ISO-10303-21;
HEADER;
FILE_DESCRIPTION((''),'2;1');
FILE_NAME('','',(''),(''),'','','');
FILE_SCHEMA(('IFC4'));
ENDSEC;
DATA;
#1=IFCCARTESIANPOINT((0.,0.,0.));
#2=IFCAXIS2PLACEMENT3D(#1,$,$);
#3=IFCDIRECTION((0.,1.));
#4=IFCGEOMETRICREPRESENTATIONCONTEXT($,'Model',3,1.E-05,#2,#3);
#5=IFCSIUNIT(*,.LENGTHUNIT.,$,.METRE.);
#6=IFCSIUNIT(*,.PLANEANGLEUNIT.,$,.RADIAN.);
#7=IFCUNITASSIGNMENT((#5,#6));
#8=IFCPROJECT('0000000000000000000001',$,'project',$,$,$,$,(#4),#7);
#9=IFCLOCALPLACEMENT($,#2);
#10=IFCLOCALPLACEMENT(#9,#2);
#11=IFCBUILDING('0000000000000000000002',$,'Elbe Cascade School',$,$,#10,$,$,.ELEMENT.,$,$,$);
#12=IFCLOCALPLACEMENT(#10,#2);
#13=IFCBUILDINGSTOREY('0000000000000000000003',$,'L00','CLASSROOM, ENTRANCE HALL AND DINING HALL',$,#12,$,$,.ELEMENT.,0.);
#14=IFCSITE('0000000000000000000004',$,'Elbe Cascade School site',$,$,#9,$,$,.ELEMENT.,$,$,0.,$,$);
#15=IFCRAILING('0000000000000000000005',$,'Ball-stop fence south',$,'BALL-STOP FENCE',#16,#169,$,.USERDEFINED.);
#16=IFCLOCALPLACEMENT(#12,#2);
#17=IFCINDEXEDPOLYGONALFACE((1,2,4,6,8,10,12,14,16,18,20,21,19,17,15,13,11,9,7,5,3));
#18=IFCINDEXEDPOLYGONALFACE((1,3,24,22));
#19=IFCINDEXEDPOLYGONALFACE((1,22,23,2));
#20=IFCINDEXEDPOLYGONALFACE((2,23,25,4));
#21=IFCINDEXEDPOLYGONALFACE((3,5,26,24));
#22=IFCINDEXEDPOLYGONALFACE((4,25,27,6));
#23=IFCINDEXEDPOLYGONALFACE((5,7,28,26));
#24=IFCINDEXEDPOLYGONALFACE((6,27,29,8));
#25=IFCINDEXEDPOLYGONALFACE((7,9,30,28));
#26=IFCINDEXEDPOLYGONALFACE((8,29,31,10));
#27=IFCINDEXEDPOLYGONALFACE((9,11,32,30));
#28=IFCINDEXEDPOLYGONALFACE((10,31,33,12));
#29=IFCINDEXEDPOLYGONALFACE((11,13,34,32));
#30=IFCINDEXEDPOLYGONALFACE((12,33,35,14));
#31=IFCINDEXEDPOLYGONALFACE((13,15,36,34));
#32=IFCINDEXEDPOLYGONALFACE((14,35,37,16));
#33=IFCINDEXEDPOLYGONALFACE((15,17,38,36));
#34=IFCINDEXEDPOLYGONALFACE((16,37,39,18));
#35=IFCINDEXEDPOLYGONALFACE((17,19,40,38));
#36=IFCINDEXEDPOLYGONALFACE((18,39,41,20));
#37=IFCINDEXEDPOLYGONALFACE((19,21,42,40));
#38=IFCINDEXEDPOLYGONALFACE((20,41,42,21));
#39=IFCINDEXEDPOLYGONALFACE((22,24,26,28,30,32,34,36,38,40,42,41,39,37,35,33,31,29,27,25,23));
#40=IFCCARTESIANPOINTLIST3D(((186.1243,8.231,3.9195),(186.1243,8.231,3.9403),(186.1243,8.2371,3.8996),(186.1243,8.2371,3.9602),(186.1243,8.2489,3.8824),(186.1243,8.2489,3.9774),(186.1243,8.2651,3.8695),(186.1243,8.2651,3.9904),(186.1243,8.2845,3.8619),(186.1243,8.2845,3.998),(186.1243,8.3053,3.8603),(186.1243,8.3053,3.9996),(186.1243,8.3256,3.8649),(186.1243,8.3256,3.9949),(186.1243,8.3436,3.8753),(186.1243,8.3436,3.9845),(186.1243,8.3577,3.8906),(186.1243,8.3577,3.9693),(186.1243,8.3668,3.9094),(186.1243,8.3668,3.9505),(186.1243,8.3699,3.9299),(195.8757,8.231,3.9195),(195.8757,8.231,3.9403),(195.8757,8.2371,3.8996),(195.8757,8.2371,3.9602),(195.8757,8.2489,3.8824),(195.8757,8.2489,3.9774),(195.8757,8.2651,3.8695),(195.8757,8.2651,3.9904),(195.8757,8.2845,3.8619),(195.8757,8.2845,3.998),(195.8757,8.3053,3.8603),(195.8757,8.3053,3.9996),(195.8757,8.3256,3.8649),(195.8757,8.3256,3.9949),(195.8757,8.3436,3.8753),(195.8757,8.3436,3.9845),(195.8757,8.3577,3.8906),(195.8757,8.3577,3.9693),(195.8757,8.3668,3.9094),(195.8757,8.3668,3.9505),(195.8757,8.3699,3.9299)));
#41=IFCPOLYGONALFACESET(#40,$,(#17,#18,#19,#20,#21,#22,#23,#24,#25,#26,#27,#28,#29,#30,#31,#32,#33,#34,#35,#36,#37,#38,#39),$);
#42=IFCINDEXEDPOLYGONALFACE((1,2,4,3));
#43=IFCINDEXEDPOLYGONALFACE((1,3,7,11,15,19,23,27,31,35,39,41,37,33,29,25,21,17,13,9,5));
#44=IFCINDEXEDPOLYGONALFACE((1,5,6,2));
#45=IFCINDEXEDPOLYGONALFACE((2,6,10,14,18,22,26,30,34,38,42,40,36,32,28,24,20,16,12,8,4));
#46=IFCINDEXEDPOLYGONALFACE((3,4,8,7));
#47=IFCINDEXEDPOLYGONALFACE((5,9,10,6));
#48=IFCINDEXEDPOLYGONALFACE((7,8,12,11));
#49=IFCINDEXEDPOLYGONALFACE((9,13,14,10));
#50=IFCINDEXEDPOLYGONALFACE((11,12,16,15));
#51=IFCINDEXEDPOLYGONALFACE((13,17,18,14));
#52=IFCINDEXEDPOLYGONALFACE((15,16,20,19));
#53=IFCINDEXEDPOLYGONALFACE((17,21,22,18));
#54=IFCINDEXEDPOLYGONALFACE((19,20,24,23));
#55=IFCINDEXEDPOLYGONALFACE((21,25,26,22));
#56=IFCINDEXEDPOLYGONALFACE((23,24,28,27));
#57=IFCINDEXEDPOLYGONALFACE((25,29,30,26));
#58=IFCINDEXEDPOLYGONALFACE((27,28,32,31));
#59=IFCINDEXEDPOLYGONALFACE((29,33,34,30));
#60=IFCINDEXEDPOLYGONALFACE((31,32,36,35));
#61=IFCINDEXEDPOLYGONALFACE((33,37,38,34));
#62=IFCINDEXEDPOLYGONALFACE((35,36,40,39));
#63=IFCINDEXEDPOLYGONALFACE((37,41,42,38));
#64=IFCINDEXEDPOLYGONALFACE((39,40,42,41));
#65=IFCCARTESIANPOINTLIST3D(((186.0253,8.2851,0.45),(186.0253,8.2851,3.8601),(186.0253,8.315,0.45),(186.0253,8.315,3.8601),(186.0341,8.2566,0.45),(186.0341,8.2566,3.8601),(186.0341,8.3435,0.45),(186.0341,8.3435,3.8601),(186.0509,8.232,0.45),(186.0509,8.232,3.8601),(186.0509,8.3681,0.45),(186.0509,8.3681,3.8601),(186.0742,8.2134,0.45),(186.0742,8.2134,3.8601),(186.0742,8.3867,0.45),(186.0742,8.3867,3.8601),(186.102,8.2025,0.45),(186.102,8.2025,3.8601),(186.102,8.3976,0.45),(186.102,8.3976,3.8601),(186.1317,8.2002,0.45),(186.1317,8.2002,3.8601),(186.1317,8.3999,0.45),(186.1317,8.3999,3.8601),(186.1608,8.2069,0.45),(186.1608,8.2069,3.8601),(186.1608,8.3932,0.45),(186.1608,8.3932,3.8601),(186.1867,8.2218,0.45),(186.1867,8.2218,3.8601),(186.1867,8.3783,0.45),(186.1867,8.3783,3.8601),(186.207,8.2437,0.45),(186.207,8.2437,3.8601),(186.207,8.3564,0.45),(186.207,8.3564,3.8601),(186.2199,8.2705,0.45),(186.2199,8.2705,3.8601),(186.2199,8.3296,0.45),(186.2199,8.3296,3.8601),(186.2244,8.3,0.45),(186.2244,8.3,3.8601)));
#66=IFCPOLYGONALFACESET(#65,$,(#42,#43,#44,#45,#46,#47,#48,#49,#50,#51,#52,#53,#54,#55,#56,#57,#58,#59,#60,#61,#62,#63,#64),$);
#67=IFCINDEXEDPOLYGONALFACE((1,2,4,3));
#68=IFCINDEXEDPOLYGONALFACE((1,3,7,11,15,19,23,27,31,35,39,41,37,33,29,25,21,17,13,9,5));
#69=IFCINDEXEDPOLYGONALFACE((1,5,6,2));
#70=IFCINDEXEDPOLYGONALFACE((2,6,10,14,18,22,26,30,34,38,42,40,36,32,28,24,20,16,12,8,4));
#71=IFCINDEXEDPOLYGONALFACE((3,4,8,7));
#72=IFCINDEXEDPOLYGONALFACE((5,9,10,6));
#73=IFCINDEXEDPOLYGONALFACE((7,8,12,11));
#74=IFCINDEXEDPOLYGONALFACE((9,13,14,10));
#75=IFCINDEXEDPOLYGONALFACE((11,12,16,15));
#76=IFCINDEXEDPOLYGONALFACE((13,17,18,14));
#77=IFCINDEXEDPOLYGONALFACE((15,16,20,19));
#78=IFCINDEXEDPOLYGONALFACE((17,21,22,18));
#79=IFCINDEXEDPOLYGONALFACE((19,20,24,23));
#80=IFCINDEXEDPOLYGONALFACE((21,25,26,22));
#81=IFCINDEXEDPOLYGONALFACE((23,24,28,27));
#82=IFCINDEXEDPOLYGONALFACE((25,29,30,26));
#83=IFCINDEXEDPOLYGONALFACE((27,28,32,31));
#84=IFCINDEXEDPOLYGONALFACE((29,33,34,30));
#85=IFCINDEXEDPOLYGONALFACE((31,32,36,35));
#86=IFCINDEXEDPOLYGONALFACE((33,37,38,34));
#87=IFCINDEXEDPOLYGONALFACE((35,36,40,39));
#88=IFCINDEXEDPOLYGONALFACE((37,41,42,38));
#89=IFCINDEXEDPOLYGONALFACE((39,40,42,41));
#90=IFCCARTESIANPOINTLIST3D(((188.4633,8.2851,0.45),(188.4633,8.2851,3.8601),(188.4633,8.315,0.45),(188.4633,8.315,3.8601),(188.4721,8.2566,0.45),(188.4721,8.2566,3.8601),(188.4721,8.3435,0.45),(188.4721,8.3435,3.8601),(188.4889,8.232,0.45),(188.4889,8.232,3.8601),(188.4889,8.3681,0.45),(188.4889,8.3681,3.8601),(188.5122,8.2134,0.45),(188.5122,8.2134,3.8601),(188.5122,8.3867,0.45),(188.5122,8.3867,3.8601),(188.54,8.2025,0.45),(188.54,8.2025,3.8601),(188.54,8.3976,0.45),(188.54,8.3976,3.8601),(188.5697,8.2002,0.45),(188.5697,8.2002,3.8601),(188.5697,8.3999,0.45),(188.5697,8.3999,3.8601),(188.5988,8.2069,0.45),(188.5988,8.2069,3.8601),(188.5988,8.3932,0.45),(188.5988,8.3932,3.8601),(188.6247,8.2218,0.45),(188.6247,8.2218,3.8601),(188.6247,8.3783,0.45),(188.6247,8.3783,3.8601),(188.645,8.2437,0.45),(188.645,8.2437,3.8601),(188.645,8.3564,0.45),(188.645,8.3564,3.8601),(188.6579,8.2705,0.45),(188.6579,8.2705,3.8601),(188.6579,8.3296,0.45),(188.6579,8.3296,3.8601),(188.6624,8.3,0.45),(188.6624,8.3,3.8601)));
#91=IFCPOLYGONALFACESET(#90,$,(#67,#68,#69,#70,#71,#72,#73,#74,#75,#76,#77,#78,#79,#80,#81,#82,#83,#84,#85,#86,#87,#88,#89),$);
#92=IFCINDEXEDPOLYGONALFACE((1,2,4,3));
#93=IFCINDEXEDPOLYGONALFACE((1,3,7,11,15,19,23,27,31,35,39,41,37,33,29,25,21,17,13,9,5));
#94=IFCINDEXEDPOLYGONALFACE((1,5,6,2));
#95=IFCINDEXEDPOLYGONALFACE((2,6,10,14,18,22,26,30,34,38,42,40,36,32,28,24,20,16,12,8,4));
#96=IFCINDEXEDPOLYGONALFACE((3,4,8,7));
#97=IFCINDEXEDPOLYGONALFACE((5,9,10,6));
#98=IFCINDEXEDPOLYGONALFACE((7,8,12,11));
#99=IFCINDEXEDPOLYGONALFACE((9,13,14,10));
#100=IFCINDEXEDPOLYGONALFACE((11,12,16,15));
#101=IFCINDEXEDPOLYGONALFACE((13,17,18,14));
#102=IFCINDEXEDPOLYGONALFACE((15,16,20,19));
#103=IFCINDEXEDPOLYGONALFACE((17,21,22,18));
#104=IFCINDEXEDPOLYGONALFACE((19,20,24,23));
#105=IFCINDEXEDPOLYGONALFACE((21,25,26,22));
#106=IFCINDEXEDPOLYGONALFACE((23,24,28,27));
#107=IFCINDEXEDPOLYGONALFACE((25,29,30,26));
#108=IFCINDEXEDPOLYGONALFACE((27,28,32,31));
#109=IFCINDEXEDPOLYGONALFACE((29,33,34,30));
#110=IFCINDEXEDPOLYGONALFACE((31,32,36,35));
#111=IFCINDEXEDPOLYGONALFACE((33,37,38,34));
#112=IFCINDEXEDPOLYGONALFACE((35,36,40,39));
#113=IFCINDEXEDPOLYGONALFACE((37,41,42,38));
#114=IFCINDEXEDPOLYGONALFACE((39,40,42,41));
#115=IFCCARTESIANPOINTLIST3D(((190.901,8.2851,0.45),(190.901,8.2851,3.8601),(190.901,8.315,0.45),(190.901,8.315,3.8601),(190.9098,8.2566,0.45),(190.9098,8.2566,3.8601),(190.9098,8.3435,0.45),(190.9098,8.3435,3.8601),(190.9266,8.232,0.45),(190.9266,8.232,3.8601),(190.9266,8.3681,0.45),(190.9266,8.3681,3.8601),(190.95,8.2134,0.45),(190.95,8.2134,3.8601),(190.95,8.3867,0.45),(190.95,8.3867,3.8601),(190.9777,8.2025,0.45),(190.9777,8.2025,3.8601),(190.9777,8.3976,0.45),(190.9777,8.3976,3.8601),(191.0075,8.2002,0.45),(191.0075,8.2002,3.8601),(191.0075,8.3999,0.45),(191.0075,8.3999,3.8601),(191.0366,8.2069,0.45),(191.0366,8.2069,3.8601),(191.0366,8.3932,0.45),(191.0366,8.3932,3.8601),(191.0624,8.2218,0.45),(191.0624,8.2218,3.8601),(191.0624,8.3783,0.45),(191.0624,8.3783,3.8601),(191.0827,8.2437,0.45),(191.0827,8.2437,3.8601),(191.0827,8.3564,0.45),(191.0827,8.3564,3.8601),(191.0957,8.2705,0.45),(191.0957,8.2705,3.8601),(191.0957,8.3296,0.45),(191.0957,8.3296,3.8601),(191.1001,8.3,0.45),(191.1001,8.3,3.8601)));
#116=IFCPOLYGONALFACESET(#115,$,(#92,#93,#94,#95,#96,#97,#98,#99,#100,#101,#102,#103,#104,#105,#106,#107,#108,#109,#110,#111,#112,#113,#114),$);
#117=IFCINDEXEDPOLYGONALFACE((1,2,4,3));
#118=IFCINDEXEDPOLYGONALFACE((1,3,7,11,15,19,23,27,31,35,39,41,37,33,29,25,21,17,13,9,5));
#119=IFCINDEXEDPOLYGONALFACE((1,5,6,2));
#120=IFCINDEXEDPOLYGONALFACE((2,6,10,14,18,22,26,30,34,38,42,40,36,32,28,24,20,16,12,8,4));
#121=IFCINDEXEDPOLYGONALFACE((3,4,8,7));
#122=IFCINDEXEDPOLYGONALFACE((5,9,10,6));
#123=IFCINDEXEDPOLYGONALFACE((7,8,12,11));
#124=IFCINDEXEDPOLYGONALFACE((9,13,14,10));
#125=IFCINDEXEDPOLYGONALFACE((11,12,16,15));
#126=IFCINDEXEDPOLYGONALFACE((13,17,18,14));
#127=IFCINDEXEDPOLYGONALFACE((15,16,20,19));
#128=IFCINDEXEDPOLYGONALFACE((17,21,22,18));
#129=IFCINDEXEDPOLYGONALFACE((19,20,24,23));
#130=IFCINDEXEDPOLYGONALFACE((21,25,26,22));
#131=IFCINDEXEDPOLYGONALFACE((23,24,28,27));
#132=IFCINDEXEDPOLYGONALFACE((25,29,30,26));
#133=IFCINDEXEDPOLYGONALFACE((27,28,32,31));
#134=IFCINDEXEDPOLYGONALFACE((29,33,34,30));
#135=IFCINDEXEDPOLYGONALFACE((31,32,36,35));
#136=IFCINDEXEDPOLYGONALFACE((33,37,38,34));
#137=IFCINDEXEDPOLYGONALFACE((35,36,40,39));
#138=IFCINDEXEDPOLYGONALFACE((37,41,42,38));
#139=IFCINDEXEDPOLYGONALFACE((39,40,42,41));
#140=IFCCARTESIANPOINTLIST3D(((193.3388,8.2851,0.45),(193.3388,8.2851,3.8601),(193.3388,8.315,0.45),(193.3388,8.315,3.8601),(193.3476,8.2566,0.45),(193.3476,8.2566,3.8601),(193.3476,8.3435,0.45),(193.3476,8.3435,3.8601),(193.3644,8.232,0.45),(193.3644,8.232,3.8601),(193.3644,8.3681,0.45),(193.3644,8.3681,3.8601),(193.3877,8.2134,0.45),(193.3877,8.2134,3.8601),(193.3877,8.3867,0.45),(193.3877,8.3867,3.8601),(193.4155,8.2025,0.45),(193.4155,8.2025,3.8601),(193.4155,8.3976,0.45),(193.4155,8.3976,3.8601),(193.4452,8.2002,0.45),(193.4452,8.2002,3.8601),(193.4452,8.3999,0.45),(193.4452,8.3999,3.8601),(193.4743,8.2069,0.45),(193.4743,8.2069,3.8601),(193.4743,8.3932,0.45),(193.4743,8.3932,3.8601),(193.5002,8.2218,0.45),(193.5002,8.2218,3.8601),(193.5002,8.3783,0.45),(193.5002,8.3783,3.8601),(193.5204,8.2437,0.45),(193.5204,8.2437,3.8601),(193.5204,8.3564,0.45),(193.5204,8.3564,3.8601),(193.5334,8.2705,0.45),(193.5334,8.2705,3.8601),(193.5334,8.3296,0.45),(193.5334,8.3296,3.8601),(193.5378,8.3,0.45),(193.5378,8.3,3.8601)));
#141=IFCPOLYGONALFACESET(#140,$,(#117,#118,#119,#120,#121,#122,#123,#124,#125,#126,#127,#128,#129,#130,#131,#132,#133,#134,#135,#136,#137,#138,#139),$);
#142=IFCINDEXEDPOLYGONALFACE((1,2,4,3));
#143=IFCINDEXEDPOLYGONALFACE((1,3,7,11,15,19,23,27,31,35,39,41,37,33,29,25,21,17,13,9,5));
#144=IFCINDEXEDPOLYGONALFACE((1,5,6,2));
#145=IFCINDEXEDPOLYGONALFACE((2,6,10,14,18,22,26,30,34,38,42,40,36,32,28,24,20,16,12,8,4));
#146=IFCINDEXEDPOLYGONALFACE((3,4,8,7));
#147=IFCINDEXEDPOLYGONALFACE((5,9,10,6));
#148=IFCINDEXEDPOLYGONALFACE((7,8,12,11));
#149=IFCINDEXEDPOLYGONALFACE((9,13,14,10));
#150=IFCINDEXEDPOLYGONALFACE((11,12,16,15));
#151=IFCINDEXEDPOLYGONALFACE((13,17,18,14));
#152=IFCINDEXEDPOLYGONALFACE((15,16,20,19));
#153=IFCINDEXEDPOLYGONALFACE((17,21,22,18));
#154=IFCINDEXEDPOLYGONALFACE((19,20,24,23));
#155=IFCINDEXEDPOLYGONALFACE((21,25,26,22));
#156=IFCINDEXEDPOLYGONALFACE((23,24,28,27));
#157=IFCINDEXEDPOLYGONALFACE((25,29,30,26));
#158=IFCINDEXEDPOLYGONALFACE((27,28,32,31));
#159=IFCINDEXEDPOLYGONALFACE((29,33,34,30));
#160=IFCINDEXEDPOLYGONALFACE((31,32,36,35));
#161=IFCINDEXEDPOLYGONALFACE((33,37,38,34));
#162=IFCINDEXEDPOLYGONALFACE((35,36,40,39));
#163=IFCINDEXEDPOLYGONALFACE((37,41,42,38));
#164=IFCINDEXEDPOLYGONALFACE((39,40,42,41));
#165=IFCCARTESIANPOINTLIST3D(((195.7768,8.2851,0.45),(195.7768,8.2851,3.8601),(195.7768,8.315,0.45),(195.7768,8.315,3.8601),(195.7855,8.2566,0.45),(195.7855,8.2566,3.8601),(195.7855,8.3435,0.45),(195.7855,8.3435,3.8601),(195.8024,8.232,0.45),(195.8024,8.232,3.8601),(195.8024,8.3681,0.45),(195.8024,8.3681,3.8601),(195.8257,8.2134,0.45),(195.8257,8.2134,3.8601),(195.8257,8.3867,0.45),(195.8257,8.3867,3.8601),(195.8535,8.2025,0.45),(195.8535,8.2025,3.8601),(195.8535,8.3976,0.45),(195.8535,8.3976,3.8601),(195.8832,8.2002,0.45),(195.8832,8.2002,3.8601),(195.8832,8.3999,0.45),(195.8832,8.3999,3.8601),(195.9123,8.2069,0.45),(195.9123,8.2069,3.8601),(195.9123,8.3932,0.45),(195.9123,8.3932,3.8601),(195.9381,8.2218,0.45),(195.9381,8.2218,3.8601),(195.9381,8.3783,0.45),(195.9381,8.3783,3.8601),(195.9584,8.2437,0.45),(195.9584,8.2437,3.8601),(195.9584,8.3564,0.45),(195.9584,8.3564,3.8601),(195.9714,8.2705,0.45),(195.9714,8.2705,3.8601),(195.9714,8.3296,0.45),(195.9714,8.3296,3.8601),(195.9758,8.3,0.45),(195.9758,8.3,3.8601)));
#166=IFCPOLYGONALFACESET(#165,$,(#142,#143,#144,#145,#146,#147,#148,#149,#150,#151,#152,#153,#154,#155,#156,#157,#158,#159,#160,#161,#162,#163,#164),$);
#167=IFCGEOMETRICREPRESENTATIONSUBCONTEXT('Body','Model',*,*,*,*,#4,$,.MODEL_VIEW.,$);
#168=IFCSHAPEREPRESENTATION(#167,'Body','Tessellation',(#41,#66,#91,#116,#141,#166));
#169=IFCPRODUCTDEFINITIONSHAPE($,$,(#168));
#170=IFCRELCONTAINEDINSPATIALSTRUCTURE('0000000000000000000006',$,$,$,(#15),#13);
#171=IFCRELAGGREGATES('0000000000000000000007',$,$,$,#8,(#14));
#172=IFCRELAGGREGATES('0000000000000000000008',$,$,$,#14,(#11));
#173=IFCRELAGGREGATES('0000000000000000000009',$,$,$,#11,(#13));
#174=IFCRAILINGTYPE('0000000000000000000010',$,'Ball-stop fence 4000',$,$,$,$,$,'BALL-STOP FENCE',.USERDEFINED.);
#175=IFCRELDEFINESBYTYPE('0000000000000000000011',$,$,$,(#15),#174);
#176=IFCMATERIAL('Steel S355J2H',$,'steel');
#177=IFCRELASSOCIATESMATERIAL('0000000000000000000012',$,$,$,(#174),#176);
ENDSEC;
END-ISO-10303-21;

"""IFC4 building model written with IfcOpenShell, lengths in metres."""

from ifc_helpers import new_model, si_unit, direction, frame, origin, origin_2d, place, context, subcontext, project, spatial, circle, extrude, material, type_object, element, save


model = new_model("IFC4")

# Units and contexts
model_context = context("Model", 3, precision=1e-05, world=origin(), true_north=direction((0.0, 1.0)))
body_context = subcontext(model_context, "Body", "Model", "MODEL_VIEW")
ifc_project = project(units=[si_unit("LENGTHUNIT", "METRE"), si_unit("PLANEANGLEUNIT", "RADIAN")], contexts=[model_context])

# Site, building, storey
site_placement = place(None, origin())
site = spatial("IfcSite", under=ifc_project, at=site_placement, Name="Elbe Cascade School site", CompositionType="ELEMENT", RefElevation=0.0)
building_placement = place(site_placement, origin())
building = spatial("IfcBuilding", under=site, at=building_placement, Name="Elbe Cascade School", CompositionType="ELEMENT")
storey_placement = place(building_placement, origin())
storey = spatial("IfcBuildingStorey", under=building, at=storey_placement, Name="L00", Description="CLASSROOM, ENTRANCE HALL AND DINING HALL", CompositionType="ELEMENT", Elevation=0.0)

# Railing
ifc_material_1 = material(Name="Steel S355J2H", Category="steel")
railing_type = type_object("IfcRailingType", Name="Ball-stop fence 4000", ElementType="BALL-STOP FENCE", PredefinedType="USERDEFINED", material=ifc_material_1)
railing_1_placement = place(storey_placement, frame((186.1243, 8.3, 0.45)))
element("IfcRailing", 1, at=railing_1_placement, inside=storey, type_object=railing_type, Name="Ball-stop fence south", ObjectType="BALL-STOP FENCE", PredefinedType="USERDEFINED", context=body_context, shape_type="SweptSolid", body=[
    extrude(circle(Radius=0.0698, at=origin_2d()), frame((0.0, 0.0, 3.48), z_axis=(1.0, 0.0, 0.0), x_axis=(0.0, 1.0, 0.0)), (0.0, 0.0, 1.0), 9.7515),
    extrude(circle(Radius=0.1001, at=origin_2d()), origin(), (0.0, 0.0, 1.0), 3.4102),
    extrude(circle(Radius=0.1001, at=origin_2d()), frame((2.438, 0.0, 0.0)), (0.0, 0.0, 1.0), 3.4102),
    extrude(circle(Radius=0.1001, at=origin_2d()), frame((4.8757, 0.0, 0.0)), (0.0, 0.0, 1.0), 3.4102),
    extrude(circle(Radius=0.1001, at=origin_2d()), frame((7.3135, 0.0, 0.0)), (0.0, 0.0, 1.0), 3.4102),
    extrude(circle(Radius=0.1001, at=origin_2d()), frame((9.7515, 0.0, 0.0)), (0.0, 0.0, 1.0), 3.4102),
])

save(model, "model.ifc")
